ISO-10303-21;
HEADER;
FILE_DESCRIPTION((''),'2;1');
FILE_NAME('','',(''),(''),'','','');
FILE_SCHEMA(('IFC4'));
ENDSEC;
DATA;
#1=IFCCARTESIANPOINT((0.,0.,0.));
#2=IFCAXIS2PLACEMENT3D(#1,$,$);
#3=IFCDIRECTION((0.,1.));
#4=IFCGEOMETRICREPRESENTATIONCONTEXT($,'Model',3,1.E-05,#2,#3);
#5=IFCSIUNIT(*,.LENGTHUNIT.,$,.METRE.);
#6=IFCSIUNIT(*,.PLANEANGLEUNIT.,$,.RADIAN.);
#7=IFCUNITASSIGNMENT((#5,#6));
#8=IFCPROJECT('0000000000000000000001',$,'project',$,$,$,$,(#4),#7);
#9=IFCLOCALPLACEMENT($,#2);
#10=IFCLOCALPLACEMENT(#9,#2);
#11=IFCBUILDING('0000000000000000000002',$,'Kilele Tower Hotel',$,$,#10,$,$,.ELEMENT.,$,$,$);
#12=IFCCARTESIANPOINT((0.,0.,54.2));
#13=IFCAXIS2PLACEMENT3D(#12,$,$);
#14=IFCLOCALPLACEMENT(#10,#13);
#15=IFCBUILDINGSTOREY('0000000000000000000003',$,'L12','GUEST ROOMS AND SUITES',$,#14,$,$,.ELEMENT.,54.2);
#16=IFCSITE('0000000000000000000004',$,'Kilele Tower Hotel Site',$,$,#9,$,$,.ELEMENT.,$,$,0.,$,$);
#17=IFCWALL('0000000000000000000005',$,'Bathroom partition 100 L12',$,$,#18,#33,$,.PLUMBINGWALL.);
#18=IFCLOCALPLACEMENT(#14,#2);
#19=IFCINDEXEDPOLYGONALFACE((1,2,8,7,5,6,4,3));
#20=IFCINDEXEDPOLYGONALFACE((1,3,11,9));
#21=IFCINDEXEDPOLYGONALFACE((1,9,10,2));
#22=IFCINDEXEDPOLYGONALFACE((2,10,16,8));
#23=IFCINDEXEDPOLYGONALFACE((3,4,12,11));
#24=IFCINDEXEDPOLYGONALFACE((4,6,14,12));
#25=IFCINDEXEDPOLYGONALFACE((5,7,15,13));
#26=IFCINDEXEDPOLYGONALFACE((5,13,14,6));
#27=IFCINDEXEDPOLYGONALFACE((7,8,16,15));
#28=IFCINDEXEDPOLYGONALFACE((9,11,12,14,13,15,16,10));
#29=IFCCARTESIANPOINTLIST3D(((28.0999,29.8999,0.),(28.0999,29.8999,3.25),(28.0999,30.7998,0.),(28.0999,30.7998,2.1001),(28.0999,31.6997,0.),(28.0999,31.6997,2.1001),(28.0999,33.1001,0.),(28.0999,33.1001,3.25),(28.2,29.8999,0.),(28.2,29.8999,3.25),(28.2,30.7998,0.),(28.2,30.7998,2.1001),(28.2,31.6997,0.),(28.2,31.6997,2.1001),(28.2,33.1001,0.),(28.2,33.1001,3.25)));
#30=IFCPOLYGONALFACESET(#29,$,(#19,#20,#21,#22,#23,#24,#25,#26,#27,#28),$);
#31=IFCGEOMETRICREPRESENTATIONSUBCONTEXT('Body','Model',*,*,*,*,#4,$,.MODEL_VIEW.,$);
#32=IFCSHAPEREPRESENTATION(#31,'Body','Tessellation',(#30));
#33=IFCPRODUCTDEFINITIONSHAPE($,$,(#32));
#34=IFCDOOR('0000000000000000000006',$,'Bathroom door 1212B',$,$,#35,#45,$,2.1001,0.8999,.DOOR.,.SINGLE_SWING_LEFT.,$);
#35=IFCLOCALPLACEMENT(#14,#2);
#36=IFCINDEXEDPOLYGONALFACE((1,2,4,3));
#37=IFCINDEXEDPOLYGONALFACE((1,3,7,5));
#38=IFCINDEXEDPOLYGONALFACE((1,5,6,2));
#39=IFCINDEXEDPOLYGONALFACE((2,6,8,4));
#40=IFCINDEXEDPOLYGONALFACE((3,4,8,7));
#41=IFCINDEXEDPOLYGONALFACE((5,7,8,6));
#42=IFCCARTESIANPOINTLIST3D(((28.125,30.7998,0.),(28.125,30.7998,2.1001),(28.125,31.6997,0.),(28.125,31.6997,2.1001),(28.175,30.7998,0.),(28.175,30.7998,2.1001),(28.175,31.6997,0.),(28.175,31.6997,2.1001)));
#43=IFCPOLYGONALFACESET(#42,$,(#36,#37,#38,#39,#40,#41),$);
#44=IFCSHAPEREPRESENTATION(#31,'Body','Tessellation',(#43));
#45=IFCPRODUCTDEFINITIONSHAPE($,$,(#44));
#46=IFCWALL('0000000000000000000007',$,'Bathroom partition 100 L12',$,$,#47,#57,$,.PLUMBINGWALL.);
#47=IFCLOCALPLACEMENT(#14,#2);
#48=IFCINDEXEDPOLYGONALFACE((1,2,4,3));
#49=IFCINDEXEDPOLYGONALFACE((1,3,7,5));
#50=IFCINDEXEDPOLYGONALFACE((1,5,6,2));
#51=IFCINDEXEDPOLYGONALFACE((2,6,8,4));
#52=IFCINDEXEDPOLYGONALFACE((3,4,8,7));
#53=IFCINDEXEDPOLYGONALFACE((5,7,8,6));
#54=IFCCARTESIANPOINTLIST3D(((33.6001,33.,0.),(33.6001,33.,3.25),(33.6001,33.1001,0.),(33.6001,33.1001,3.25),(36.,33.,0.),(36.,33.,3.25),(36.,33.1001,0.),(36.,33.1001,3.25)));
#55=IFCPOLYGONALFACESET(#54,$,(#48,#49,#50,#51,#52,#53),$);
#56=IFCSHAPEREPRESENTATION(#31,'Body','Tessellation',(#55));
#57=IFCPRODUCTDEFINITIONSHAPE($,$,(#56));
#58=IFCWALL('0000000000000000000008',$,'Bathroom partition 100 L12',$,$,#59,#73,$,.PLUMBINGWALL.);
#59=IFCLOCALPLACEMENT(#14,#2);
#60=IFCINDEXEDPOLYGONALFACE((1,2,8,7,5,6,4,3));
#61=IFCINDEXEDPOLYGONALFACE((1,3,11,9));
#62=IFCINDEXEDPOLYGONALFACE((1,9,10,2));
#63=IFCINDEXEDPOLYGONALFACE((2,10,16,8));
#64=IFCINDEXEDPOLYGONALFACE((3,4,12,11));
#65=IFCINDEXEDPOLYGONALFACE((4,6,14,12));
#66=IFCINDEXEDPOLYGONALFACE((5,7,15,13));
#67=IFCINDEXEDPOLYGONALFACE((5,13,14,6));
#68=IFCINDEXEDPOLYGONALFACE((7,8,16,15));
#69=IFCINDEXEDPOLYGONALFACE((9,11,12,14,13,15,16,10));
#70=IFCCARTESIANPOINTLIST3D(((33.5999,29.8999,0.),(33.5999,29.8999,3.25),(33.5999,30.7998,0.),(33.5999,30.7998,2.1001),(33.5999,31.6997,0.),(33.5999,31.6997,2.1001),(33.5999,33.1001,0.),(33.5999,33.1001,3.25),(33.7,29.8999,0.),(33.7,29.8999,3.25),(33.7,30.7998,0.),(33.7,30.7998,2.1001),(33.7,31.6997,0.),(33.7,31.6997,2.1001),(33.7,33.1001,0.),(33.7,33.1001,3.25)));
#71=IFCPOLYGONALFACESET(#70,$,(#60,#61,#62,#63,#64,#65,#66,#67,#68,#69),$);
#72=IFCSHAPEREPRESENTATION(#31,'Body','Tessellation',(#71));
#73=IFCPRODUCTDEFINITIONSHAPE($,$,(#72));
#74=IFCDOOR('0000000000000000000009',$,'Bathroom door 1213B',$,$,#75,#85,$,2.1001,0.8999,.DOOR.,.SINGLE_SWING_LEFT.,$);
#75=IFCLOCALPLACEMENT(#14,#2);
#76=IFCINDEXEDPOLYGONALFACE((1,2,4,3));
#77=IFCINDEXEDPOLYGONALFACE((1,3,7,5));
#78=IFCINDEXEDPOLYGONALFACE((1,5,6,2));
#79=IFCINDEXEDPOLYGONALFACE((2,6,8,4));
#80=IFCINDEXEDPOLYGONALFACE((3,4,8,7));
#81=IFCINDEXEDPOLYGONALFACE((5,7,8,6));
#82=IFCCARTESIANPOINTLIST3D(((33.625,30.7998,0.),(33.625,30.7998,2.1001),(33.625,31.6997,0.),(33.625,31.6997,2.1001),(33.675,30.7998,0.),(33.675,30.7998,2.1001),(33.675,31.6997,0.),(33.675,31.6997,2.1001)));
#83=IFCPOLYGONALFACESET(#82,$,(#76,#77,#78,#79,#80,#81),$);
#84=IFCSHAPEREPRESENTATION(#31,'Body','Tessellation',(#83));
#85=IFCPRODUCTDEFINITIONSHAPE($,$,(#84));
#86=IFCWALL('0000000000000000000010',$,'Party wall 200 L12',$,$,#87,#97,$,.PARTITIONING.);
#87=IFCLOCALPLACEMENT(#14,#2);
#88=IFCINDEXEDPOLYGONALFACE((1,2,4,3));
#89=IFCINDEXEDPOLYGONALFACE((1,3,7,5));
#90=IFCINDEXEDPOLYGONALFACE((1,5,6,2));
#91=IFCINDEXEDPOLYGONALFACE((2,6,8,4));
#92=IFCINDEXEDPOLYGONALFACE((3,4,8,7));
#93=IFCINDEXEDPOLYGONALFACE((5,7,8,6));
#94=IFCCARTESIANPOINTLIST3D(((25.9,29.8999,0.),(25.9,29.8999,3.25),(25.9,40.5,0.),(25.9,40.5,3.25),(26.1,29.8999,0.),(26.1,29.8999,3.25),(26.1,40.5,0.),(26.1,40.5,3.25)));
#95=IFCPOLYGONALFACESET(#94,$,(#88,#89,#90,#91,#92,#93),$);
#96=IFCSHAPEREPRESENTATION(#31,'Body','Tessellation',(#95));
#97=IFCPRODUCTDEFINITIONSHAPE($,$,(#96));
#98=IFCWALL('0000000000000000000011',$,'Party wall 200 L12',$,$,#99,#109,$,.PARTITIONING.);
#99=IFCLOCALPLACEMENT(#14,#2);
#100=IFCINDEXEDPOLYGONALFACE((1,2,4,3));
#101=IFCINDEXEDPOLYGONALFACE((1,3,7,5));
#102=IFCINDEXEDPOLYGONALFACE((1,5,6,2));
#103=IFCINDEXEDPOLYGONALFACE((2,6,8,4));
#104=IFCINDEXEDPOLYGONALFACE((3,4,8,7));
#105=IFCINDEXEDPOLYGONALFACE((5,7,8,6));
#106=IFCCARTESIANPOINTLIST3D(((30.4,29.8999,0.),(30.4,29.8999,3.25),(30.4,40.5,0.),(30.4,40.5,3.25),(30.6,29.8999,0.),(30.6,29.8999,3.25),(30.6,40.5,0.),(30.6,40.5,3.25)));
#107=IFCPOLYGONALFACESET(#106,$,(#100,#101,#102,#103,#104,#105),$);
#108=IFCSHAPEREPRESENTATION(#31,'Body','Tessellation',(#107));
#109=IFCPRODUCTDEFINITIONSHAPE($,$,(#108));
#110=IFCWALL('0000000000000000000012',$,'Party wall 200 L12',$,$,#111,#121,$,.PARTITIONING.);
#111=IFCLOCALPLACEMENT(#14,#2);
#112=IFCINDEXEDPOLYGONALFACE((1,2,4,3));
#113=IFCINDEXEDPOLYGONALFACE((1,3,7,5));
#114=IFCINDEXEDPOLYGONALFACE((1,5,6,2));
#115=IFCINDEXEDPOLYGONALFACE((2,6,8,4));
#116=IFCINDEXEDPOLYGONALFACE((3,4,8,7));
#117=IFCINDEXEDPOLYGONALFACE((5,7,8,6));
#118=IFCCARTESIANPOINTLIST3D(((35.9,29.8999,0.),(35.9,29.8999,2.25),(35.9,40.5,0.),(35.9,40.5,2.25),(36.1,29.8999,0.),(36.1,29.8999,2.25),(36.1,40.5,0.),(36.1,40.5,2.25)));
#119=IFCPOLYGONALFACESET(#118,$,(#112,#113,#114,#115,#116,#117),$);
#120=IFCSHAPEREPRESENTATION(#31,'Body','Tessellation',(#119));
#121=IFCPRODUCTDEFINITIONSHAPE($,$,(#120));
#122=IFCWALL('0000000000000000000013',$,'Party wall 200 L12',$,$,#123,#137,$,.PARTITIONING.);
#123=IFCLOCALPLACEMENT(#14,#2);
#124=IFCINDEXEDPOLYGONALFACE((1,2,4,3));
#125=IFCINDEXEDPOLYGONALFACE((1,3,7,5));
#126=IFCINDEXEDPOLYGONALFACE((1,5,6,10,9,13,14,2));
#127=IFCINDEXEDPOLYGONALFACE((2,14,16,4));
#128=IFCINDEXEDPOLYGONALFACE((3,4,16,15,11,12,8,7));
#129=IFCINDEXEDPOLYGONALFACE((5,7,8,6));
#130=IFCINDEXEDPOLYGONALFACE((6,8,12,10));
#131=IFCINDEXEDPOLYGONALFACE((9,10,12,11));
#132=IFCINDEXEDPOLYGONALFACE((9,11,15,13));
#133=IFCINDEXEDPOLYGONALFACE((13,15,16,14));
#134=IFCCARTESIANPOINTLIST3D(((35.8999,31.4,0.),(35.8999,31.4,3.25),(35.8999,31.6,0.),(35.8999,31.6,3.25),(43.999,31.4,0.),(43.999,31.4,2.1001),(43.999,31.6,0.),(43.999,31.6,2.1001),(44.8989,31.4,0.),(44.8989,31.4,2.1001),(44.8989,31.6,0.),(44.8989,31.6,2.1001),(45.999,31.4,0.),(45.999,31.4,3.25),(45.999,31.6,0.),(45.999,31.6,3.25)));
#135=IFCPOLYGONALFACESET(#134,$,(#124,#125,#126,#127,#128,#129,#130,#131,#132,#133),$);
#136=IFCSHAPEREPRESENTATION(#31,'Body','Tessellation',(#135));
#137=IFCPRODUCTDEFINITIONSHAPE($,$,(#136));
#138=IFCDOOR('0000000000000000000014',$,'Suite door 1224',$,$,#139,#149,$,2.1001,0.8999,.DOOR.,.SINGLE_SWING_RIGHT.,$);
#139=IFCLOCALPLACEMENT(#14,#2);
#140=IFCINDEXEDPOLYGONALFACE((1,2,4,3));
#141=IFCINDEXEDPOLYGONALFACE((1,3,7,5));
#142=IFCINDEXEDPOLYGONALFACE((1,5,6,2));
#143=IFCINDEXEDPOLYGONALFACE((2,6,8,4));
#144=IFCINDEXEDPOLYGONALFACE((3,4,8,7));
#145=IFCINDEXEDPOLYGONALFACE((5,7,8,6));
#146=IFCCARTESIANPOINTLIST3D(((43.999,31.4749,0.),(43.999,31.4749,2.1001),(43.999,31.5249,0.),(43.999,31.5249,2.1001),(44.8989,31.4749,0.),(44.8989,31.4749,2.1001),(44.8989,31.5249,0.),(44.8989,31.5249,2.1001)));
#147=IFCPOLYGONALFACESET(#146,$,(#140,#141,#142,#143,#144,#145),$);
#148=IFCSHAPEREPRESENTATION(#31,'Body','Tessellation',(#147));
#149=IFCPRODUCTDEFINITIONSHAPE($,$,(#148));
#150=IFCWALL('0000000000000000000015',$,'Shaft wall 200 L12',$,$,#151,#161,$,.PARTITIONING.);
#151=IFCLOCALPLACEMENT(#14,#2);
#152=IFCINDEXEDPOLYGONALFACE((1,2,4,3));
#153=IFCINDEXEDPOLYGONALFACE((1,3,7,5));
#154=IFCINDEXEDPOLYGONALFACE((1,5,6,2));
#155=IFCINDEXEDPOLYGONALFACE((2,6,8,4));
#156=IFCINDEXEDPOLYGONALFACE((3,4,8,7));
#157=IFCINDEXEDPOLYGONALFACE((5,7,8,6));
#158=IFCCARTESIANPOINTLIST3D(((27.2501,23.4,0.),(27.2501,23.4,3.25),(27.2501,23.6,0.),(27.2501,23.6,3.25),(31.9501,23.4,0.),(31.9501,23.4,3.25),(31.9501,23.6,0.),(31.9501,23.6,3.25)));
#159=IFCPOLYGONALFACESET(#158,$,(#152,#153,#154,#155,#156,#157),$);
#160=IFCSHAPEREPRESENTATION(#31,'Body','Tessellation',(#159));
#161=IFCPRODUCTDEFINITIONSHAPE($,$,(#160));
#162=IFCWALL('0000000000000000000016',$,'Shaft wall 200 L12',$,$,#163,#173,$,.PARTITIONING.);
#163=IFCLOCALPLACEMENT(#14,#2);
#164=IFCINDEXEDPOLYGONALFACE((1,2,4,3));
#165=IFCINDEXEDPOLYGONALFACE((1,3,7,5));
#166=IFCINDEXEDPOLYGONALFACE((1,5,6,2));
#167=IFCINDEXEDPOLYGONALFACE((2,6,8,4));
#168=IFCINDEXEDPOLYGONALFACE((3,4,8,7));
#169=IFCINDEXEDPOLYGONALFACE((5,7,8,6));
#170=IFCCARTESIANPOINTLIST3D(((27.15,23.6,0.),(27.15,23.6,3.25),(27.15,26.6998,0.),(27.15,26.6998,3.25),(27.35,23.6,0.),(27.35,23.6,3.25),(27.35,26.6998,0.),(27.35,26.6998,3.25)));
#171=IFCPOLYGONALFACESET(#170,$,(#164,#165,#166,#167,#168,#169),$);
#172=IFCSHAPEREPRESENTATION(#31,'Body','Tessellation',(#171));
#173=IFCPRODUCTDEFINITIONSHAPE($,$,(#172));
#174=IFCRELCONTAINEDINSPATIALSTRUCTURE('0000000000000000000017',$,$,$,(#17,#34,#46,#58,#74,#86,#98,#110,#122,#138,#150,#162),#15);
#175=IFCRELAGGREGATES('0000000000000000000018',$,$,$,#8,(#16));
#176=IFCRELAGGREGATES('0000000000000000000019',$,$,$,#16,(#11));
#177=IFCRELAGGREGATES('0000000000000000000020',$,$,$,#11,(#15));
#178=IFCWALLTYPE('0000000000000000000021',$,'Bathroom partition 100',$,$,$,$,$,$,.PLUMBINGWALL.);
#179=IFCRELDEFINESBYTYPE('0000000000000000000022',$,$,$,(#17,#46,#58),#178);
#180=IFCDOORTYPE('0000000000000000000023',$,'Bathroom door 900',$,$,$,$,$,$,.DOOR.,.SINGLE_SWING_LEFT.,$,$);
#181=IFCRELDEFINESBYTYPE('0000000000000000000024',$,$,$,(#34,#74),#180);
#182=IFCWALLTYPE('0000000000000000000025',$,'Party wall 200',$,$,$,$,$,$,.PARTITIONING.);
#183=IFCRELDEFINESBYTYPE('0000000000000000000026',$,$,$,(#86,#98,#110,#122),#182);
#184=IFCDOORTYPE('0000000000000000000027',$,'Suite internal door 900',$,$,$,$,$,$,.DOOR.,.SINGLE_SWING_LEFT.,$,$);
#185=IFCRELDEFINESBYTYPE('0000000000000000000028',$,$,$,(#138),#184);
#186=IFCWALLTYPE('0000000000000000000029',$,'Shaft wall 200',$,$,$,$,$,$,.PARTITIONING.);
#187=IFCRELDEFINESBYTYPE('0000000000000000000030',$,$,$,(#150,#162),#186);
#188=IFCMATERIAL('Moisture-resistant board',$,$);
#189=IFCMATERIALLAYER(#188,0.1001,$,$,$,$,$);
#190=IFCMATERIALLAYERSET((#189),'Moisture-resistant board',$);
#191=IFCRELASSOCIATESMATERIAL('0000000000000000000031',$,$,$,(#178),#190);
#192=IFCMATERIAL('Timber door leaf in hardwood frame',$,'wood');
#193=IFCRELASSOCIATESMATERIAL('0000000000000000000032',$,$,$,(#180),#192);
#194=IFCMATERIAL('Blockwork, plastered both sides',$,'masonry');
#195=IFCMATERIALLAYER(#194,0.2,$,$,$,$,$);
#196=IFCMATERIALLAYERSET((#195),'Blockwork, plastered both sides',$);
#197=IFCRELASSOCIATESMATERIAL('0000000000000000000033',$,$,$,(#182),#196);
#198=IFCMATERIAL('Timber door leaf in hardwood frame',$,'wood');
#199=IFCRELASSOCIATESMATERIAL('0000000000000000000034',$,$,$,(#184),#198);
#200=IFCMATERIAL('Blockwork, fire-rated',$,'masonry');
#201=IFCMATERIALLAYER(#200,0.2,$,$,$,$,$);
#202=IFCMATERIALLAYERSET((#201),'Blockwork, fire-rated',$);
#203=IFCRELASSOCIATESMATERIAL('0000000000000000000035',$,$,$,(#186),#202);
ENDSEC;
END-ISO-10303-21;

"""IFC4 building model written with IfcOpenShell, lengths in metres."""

from ifc_helpers import new_model, si_unit, direction, frame, frame_2d, origin, place, context, subcontext, project, spatial, rectangle, extrude, material, layer, layer_set, type_object, element, fill, save


model = new_model("IFC4")

# Units and contexts
model_context = context("Model", 3, precision=1e-05, world=origin(), true_north=direction((0.0, 1.0)))
body_context = subcontext(model_context, "Body", "Model", "MODEL_VIEW")
ifc_project = project(units=[si_unit("LENGTHUNIT", "METRE"), si_unit("PLANEANGLEUNIT", "RADIAN")], contexts=[model_context])

# Site, building, storey
site_placement = place(None, origin())
site = spatial("IfcSite", under=ifc_project, at=site_placement, Name="Kilele Tower Hotel Site", CompositionType="ELEMENT", RefElevation=0.0)
building_placement = place(site_placement, origin())
building = spatial("IfcBuilding", under=site, at=building_placement, Name="Kilele Tower Hotel", CompositionType="ELEMENT")
storey_placement = place(building_placement, frame((0.0, 0.0, 54.2)))
storey = spatial("IfcBuildingStorey", under=building, at=storey_placement, Name="L12", Description="GUEST ROOMS AND SUITES", CompositionType="ELEMENT", Elevation=54.2)

# Shared definitions
ifc_material_1 = material(Name="Moisture-resistant board")
ifc_layer_1 = layer(ifc_material_1, 0.1001)
ifc_layer_set_1 = layer_set([ifc_layer_1], Name="Moisture-resistant board")
wall_type_1 = type_object("IfcWallType", Name="Bathroom partition 100", PredefinedType="PLUMBINGWALL", material=ifc_layer_set_1)
ifc_material_2 = material(Name="Timber door leaf in hardwood frame", Category="wood")
door_type_1 = type_object("IfcDoorType", Name="Bathroom door 900", OperationType="SINGLE_SWING_LEFT", PredefinedType="DOOR", material=ifc_material_2)

# Wall, opening, door
wall_1_placement = place(storey_placement, frame((28.1499, 29.8999, 0.0), z_axis=(0.0, 0.0, 1.0), x_axis=(0.0, 1.0, 0.0)))
wall_1 = element("IfcWall", 1, at=wall_1_placement, inside=storey, type_object=wall_type_1, Name="Bathroom partition 100 L12", PredefinedType="PLUMBINGWALL", context=body_context, shape_type="SweptSolid", body=[
    extrude(rectangle(XDim=3.2002, YDim=0.1001, at=frame_2d((1.6001, 0.0))), origin(), (0.0, 0.0, 1.0), 3.25),
])
opening_1_placement = place(wall_1_placement, frame((0.8999, 0.0, 0.0)))
opening_1 = element("IfcOpeningElement", 2, at=opening_1_placement, cuts=wall_1, PredefinedType="OPENING", context=body_context, shape_type="SweptSolid", body=[
    extrude(rectangle(XDim=0.8999, YDim=2.1001, at=frame_2d((0.45, 1.05))), frame((0.0, 0.0601, 0.0), z_axis=(0.0, -1.0, 0.0), x_axis=(1.0, 0.0, 0.0)), (0.0, 0.0, 1.0), 0.1201),
])
door_1_placement = place(opening_1_placement, origin())
door_1 = element("IfcDoor", 3, at=door_1_placement, inside=storey, type_object=door_type_1, Name="Bathroom door 1212B", OperationType="SINGLE_SWING_LEFT", OverallHeight=2.1001, OverallWidth=0.8999, PredefinedType="DOOR", context=body_context, shape_type="SweptSolid", body=[
    extrude(rectangle(XDim=0.8999, YDim=2.1001, at=frame_2d((0.45, 1.05))), frame((0.0, 0.0249, 0.0), z_axis=(0.0, -1.0, 0.0), x_axis=(1.0, 0.0, 0.0)), (0.0, 0.0, 1.0), 0.05),
])
fill(opening_1, door_1)

# Wall
wall_2_placement = place(storey_placement, frame((33.6001, 33.05, 0.0), z_axis=(0.0, 0.0, 1.0), x_axis=(1.0, 0.0, 0.0)))
element("IfcWall", 4, at=wall_2_placement, inside=storey, type_object=wall_type_1, Name="Bathroom partition 100 L12", PredefinedType="PLUMBINGWALL", context=body_context, shape_type="SweptSolid", body=[
    extrude(rectangle(XDim=2.3999, YDim=0.1001, at=frame_2d((1.2, 0.0))), origin(), (0.0, 0.0, 1.0), 3.25),
])

# Wall, opening, door
wall_3_placement = place(storey_placement, frame((33.6499, 29.8999, 0.0), z_axis=(0.0, 0.0, 1.0), x_axis=(0.0, 1.0, 0.0)))
wall_3 = element("IfcWall", 5, at=wall_3_placement, inside=storey, type_object=wall_type_1, Name="Bathroom partition 100 L12", PredefinedType="PLUMBINGWALL", context=body_context, shape_type="SweptSolid", body=[
    extrude(rectangle(XDim=3.2002, YDim=0.1001, at=frame_2d((1.6001, 0.0))), origin(), (0.0, 0.0, 1.0), 3.25),
])
opening_2_placement = place(wall_3_placement, frame((0.8999, 0.0, 0.0)))
opening_2 = element("IfcOpeningElement", 6, at=opening_2_placement, cuts=wall_3, PredefinedType="OPENING", context=body_context, shape_type="SweptSolid", body=[
    extrude(rectangle(XDim=0.8999, YDim=2.1001, at=frame_2d((0.45, 1.05))), frame((0.0, 0.0601, 0.0), z_axis=(0.0, -1.0, 0.0), x_axis=(1.0, 0.0, 0.0)), (0.0, 0.0, 1.0), 0.1201),
])
door_2_placement = place(opening_2_placement, origin())
door_2 = element("IfcDoor", 7, at=door_2_placement, inside=storey, type_object=door_type_1, Name="Bathroom door 1213B", OperationType="SINGLE_SWING_LEFT", OverallHeight=2.1001, OverallWidth=0.8999, PredefinedType="DOOR", context=body_context, shape_type="SweptSolid", body=[
    extrude(rectangle(XDim=0.8999, YDim=2.1001, at=frame_2d((0.45, 1.05))), frame((0.0, 0.0249, 0.0), z_axis=(0.0, -1.0, 0.0), x_axis=(1.0, 0.0, 0.0)), (0.0, 0.0, 1.0), 0.05),
])
fill(opening_2, door_2)

# Walls
ifc_material_3 = material(Name="Blockwork, plastered both sides", Category="masonry")
ifc_layer_2 = layer(ifc_material_3, 0.2)
ifc_layer_set_2 = layer_set([ifc_layer_2], Name="Blockwork, plastered both sides")
wall_type_2 = type_object("IfcWallType", Name="Party wall 200", PredefinedType="PARTITIONING", material=ifc_layer_set_2)
for number, where, z_axis, x_axis, name in (
    (8, (26.0, 29.8999, 0.0), (0.0, 0.0, 1.0), (0.0, 1.0, 0.0), "Party wall 200 L12"),
    (9, (30.5, 29.8999, 0.0), (0.0, 0.0, 1.0), (0.0, 1.0, 0.0), "Party wall 200 L12"),
):
    element("IfcWall", number, at=place(storey_placement, frame(where, z_axis=z_axis, x_axis=x_axis)), inside=storey, type_object=wall_type_2, Name=name, PredefinedType="PARTITIONING", context=body_context, shape_type="SweptSolid", body=[
        extrude(rectangle(XDim=10.6001, YDim=0.2, at=frame_2d((5.3, 0.0))), origin(), (0.0, 0.0, 1.0), 3.25),
    ])
wall_4_placement = place(storey_placement, frame((36.0, 29.8999, 0.0), z_axis=(0.0, 0.0, 1.0), x_axis=(0.0, 1.0, 0.0)))
element("IfcWall", 10, at=wall_4_placement, inside=storey, type_object=wall_type_2, Name="Party wall 200 L12", PredefinedType="PARTITIONING", context=body_context, shape_type="SweptSolid", body=[
    extrude(rectangle(XDim=10.6001, YDim=0.2, at=frame_2d((5.3, 0.0))), origin(), (0.0, 0.0, 1.0), 2.25),
])

# Wall, opening, door
wall_5_placement = place(storey_placement, frame((35.8999, 31.5, 0.0), z_axis=(0.0, 0.0, 1.0), x_axis=(1.0, 0.0, 0.0)))
wall_5 = element("IfcWall", 11, at=wall_5_placement, inside=storey, type_object=wall_type_2, Name="Party wall 200 L12", PredefinedType="PARTITIONING", context=body_context, shape_type="SweptSolid", body=[
    extrude(rectangle(XDim=10.0991, YDim=0.2, at=frame_2d((5.0496, 0.0))), origin(), (0.0, 0.0, 1.0), 3.25),
])
opening_3_placement = place(wall_5_placement, frame((8.0991, 0.0, 0.0)))
opening_3 = element("IfcOpeningElement", 12, at=opening_3_placement, cuts=wall_5, PredefinedType="OPENING", context=body_context, shape_type="SweptSolid", body=[
    extrude(rectangle(XDim=0.8999, YDim=2.1001, at=frame_2d((0.45, 1.05))), frame((0.0, 0.1099, 0.0), z_axis=(0.0, -1.0, 0.0), x_axis=(1.0, 0.0, 0.0)), (0.0, 0.0, 1.0), 0.22),
])
ifc_material_4 = material(Name="Timber door leaf in hardwood frame", Category="wood")
door_type_2 = type_object("IfcDoorType", Name="Suite internal door 900", OperationType="SINGLE_SWING_LEFT", PredefinedType="DOOR", material=ifc_material_4)
door_3_placement = place(opening_3_placement, origin())
door_3 = element("IfcDoor", 13, at=door_3_placement, inside=storey, type_object=door_type_2, Name="Suite door 1224", OperationType="SINGLE_SWING_RIGHT", OverallHeight=2.1001, OverallWidth=0.8999, PredefinedType="DOOR", context=body_context, shape_type="SweptSolid", body=[
    extrude(rectangle(XDim=0.8999, YDim=2.1001, at=frame_2d((0.45, 1.05))), frame((0.0, 0.0249, 0.0), z_axis=(0.0, -1.0, 0.0), x_axis=(1.0, 0.0, 0.0)), (0.0, 0.0, 1.0), 0.05),
])
fill(opening_3, door_3)

# Walls
ifc_material_5 = material(Name="Blockwork, fire-rated", Category="masonry")
ifc_layer_3 = layer(ifc_material_5, 0.2)
ifc_layer_set_3 = layer_set([ifc_layer_3], Name="Blockwork, fire-rated")
wall_type_3 = type_object("IfcWallType", Name="Shaft wall 200", PredefinedType="PARTITIONING", material=ifc_layer_set_3)
wall_6_placement = place(storey_placement, frame((27.25, 23.5, 0.0), z_axis=(0.0, 0.0, 1.0), x_axis=(1.0, 0.0, 0.0)))
element("IfcWall", 14, at=wall_6_placement, inside=storey, type_object=wall_type_3, Name="Shaft wall 200 L12", PredefinedType="PARTITIONING", context=body_context, shape_type="SweptSolid", body=[
    extrude(rectangle(XDim=4.7, YDim=0.2, at=frame_2d((2.3501, 0.0))), origin(), (0.0, 0.0, 1.0), 3.25),
])
wall_7_placement = place(storey_placement, frame((27.25, 23.6001, 0.0), z_axis=(0.0, 0.0, 1.0), x_axis=(0.0, 1.0, 0.0)))
element("IfcWall", 15, at=wall_7_placement, inside=storey, type_object=wall_type_3, Name="Shaft wall 200 L12", PredefinedType="PARTITIONING", context=body_context, shape_type="SweptSolid", body=[
    extrude(rectangle(XDim=3.0999, YDim=0.2, at=frame_2d((1.5498, 0.0))), origin(), (0.0, 0.0, 1.0), 3.25),
])

save(model, "model.ifc")
